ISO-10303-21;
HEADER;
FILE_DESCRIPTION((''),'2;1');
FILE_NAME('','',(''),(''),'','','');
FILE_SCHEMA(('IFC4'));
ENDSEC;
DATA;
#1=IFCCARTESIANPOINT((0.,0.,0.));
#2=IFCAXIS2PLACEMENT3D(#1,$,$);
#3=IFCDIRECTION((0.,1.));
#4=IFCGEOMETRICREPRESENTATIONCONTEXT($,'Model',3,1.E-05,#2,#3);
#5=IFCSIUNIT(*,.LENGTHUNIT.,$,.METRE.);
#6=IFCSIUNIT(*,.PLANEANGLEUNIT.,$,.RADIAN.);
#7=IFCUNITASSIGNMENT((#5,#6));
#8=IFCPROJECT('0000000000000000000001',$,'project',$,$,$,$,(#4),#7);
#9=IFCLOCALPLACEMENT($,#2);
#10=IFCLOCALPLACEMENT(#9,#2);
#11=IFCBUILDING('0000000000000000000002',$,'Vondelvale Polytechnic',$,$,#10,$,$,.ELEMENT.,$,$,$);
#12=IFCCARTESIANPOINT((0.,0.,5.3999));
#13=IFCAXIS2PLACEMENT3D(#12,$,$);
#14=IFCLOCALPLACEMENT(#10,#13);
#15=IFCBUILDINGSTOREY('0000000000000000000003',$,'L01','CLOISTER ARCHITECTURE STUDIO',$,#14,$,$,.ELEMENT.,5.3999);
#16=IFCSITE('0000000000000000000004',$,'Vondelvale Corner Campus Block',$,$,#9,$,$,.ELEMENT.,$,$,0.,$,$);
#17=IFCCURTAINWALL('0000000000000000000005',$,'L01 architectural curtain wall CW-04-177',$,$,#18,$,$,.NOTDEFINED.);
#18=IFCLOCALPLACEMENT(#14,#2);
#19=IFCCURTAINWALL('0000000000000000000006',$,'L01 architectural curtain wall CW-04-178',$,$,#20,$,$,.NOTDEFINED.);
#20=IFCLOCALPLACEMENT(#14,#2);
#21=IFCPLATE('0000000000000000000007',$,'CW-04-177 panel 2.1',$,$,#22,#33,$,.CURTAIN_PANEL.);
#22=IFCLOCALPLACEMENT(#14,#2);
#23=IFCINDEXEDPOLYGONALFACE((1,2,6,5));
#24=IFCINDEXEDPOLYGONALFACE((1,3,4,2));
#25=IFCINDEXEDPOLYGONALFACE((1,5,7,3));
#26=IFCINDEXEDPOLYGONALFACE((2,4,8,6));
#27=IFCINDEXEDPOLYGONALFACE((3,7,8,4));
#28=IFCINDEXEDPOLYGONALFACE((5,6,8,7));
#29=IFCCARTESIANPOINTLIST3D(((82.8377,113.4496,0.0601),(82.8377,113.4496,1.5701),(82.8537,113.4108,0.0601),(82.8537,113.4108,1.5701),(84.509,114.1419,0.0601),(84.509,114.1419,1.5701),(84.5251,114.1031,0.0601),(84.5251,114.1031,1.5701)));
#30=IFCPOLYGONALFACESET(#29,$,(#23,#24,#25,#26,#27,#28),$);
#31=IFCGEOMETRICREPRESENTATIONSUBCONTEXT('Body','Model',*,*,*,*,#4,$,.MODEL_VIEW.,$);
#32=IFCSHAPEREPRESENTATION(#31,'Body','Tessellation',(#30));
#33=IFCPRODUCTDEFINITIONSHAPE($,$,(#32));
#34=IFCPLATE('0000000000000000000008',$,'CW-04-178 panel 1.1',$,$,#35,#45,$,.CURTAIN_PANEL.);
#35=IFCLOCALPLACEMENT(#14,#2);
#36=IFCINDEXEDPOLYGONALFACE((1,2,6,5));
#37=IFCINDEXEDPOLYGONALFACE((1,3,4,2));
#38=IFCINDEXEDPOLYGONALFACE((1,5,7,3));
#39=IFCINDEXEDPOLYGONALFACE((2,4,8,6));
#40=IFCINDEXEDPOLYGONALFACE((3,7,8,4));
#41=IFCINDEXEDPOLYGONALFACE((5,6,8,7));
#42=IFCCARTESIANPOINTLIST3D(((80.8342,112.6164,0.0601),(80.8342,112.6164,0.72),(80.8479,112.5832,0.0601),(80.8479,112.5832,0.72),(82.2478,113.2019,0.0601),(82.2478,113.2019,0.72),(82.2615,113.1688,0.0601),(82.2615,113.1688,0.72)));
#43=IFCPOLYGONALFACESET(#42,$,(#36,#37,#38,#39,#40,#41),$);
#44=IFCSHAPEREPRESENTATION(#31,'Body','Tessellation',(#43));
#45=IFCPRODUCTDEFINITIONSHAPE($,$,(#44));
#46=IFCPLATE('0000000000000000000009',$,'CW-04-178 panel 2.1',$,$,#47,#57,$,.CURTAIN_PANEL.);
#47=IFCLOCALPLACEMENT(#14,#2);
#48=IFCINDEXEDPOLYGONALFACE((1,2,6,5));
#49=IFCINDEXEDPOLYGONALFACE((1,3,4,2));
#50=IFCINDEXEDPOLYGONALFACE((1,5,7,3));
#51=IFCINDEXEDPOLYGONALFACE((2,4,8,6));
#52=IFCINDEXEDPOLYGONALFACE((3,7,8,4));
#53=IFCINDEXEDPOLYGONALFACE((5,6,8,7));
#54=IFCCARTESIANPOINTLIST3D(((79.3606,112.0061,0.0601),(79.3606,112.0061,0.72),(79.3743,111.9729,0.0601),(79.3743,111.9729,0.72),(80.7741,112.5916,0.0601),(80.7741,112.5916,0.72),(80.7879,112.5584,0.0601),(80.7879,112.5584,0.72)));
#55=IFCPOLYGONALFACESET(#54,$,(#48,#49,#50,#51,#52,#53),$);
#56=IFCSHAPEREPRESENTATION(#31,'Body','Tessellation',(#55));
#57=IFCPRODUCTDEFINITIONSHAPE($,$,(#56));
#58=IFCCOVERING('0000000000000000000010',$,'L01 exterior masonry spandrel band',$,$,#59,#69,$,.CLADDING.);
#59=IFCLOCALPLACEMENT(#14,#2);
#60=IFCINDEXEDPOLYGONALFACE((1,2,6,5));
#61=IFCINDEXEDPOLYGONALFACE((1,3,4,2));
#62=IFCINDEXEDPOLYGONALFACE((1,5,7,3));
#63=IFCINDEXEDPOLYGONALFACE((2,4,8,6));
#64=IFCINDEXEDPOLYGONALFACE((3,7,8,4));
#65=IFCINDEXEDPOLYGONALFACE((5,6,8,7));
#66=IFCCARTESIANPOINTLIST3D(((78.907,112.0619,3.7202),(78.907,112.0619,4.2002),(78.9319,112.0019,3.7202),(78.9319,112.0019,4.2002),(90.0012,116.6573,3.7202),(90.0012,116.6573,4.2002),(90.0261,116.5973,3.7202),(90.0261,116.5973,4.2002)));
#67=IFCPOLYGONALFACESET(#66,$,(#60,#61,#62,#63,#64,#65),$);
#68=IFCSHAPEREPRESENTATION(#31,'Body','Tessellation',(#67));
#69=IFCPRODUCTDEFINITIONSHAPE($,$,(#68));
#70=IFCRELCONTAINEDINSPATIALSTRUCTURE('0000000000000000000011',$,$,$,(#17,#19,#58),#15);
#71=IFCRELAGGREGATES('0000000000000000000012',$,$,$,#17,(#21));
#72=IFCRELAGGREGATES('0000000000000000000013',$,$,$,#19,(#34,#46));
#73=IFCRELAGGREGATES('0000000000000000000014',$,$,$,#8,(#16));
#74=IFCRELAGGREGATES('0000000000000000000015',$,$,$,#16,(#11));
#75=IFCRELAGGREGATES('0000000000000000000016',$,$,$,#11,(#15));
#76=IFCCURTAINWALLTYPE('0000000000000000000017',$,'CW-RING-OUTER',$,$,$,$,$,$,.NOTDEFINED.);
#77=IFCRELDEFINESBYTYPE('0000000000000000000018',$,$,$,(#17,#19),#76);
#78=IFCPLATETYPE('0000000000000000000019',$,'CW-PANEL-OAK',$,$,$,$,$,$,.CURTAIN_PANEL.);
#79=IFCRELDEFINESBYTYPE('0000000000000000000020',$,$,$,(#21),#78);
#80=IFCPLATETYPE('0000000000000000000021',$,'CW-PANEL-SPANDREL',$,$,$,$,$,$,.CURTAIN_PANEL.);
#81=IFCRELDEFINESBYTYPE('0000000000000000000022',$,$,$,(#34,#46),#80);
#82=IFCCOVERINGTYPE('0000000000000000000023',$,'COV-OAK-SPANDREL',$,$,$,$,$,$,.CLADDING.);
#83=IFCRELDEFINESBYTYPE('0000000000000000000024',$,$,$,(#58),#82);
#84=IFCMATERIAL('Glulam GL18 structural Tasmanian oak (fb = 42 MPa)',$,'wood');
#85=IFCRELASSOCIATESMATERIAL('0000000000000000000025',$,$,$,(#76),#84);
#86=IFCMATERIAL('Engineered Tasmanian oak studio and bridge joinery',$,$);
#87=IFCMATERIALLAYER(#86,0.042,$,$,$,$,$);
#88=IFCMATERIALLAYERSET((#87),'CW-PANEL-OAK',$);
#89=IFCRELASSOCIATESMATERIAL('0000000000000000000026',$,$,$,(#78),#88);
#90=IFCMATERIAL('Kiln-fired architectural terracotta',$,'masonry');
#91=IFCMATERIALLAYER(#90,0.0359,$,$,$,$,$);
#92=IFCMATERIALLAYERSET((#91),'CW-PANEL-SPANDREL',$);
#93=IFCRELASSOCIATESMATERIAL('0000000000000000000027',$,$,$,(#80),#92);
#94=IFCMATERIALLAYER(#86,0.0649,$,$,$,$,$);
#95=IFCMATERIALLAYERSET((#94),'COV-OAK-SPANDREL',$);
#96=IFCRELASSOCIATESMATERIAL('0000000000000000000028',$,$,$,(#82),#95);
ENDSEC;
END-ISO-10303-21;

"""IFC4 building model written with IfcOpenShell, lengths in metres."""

from ifc_helpers import new_model, si_unit, direction, frame, origin, origin_2d, place, context, subcontext, project, spatial, rectangle, extrude, material, layer, layer_set, type_object, element, aggregate, save


model = new_model("IFC4")

# Units and contexts
model_context = context("Model", 3, precision=1e-05, world=origin(), true_north=direction((0.0, 1.0)))
body_context = subcontext(model_context, "Body", "Model", "MODEL_VIEW")
ifc_project = project(units=[si_unit("LENGTHUNIT", "METRE"), si_unit("PLANEANGLEUNIT", "RADIAN")], contexts=[model_context])

# Site, building, storey
site_placement = place(None, origin())
site = spatial("IfcSite", under=ifc_project, at=site_placement, Name="Vondelvale Corner Campus Block", CompositionType="ELEMENT", RefElevation=0.0)
building_placement = place(site_placement, origin())
building = spatial("IfcBuilding", under=site, at=building_placement, Name="Vondelvale Polytechnic", CompositionType="ELEMENT")
storey_placement = place(building_placement, frame((0.0, 0.0, 5.3999)))
storey = spatial("IfcBuildingStorey", under=building, at=storey_placement, Name="L01", Description="CLOISTER ARCHITECTURE STUDIO", CompositionType="ELEMENT", Elevation=5.3999)

# Shared definitions
ifc_material_1 = material(Name="Glulam GL18 structural Tasmanian oak (fb = 42 MPa)", Category="wood")

# Curtain walls
curtain_wall_type = type_object("IfcCurtainWallType", Name="CW-RING-OUTER", PredefinedType="NOTDEFINED", material=ifc_material_1)
curtain_wall_1_placement = place(storey_placement, origin())
curtain_wall_1 = element("IfcCurtainWall", 1, at=curtain_wall_1_placement, inside=storey, type_object=curtain_wall_type, Name="L01 architectural curtain wall CW-04-177", PredefinedType="NOTDEFINED")
curtain_wall_2_placement = place(storey_placement, origin())
curtain_wall_2 = element("IfcCurtainWall", 2, at=curtain_wall_2_placement, inside=storey, type_object=curtain_wall_type, Name="L01 architectural curtain wall CW-04-178", PredefinedType="NOTDEFINED")

# Plates
ifc_material_2 = material(Name="Engineered Tasmanian oak studio and bridge joinery")
ifc_layer_1 = layer(ifc_material_2, 0.042)
ifc_layer_set_1 = layer_set([ifc_layer_1], Name="CW-PANEL-OAK")
plate_type_1 = type_object("IfcPlateType", Name="CW-PANEL-OAK", PredefinedType="CURTAIN_PANEL", material=ifc_layer_set_1)
plate_1_placement = place(storey_placement, frame((83.6814, 113.7764, 0.0601), z_axis=(0.0, 0.0, 1.0), x_axis=(-0.923875, -0.382695, 0.0)))
plate_1 = element("IfcPlate", 3, at=plate_1_placement, type_object=plate_type_1, Name="CW-04-177 panel 2.1", PredefinedType="CURTAIN_PANEL", context=body_context, shape_type="SweptSolid", body=[
    extrude(rectangle(XDim=1.8091, YDim=0.042, at=origin_2d()), origin(), (0.0, 0.0, 1.0), 1.51),
])
aggregate(curtain_wall_1, [plate_1])
ifc_material_3 = material(Name="Kiln-fired architectural terracotta", Category="masonry")
ifc_layer_2 = layer(ifc_material_3, 0.0359)
ifc_layer_set_2 = layer_set([ifc_layer_2], Name="CW-PANEL-SPANDREL")
plate_type_2 = type_object("IfcPlateType", Name="CW-PANEL-SPANDREL", PredefinedType="CURTAIN_PANEL", material=ifc_layer_set_2)
plate_2_placement = place(storey_placement, frame((81.5479, 112.8926, 0.0601), z_axis=(0.0, 0.0, 1.0), x_axis=(-0.923882, -0.382677, 0.0)))
plate_2 = element("IfcPlate", 4, at=plate_2_placement, type_object=plate_type_2, Name="CW-04-178 panel 1.1", PredefinedType="CURTAIN_PANEL", context=body_context, shape_type="SweptSolid", body=[
    extrude(rectangle(XDim=1.53, YDim=0.0359, at=origin_2d()), origin(), (0.0, 0.0, 1.0), 0.6599),
])
plate_3_placement = place(storey_placement, frame((80.0742, 112.2822, 0.0601), z_axis=(0.0, 0.0, 1.0), x_axis=(-0.923882, -0.382677, 0.0)))
plate_3 = element("IfcPlate", 5, at=plate_3_placement, type_object=plate_type_2, Name="CW-04-178 panel 2.1", PredefinedType="CURTAIN_PANEL", context=body_context, shape_type="SweptSolid", body=[
    extrude(rectangle(XDim=1.53, YDim=0.0359, at=origin_2d()), origin(), (0.0, 0.0, 1.0), 0.6599),
])
aggregate(curtain_wall_2, [plate_2, plate_3])

# Covering
ifc_layer_3 = layer(ifc_material_2, 0.0649)
ifc_layer_set_3 = layer_set([ifc_layer_3], Name="COV-OAK-SPANDREL")
covering_type = type_object("IfcCoveringType", Name="COV-OAK-SPANDREL", PredefinedType="CLADDING", material=ifc_layer_set_3)
covering_placement = place(storey_placement, frame((84.4666, 114.3296, 3.7202), z_axis=(0.0, 0.0, 1.0), x_axis=(-0.92388, -0.382683, 0.0)))
element("IfcCovering", 6, at=covering_placement, inside=storey, type_object=covering_type, Name="L01 exterior masonry spandrel band", PredefinedType="CLADDING", context=body_context, shape_type="SweptSolid", body=[
    extrude(rectangle(XDim=12.0083, YDim=0.0649, at=origin_2d()), origin(), (0.0, 0.0, 1.0), 0.48),
])

save(model, "model.ifc")
